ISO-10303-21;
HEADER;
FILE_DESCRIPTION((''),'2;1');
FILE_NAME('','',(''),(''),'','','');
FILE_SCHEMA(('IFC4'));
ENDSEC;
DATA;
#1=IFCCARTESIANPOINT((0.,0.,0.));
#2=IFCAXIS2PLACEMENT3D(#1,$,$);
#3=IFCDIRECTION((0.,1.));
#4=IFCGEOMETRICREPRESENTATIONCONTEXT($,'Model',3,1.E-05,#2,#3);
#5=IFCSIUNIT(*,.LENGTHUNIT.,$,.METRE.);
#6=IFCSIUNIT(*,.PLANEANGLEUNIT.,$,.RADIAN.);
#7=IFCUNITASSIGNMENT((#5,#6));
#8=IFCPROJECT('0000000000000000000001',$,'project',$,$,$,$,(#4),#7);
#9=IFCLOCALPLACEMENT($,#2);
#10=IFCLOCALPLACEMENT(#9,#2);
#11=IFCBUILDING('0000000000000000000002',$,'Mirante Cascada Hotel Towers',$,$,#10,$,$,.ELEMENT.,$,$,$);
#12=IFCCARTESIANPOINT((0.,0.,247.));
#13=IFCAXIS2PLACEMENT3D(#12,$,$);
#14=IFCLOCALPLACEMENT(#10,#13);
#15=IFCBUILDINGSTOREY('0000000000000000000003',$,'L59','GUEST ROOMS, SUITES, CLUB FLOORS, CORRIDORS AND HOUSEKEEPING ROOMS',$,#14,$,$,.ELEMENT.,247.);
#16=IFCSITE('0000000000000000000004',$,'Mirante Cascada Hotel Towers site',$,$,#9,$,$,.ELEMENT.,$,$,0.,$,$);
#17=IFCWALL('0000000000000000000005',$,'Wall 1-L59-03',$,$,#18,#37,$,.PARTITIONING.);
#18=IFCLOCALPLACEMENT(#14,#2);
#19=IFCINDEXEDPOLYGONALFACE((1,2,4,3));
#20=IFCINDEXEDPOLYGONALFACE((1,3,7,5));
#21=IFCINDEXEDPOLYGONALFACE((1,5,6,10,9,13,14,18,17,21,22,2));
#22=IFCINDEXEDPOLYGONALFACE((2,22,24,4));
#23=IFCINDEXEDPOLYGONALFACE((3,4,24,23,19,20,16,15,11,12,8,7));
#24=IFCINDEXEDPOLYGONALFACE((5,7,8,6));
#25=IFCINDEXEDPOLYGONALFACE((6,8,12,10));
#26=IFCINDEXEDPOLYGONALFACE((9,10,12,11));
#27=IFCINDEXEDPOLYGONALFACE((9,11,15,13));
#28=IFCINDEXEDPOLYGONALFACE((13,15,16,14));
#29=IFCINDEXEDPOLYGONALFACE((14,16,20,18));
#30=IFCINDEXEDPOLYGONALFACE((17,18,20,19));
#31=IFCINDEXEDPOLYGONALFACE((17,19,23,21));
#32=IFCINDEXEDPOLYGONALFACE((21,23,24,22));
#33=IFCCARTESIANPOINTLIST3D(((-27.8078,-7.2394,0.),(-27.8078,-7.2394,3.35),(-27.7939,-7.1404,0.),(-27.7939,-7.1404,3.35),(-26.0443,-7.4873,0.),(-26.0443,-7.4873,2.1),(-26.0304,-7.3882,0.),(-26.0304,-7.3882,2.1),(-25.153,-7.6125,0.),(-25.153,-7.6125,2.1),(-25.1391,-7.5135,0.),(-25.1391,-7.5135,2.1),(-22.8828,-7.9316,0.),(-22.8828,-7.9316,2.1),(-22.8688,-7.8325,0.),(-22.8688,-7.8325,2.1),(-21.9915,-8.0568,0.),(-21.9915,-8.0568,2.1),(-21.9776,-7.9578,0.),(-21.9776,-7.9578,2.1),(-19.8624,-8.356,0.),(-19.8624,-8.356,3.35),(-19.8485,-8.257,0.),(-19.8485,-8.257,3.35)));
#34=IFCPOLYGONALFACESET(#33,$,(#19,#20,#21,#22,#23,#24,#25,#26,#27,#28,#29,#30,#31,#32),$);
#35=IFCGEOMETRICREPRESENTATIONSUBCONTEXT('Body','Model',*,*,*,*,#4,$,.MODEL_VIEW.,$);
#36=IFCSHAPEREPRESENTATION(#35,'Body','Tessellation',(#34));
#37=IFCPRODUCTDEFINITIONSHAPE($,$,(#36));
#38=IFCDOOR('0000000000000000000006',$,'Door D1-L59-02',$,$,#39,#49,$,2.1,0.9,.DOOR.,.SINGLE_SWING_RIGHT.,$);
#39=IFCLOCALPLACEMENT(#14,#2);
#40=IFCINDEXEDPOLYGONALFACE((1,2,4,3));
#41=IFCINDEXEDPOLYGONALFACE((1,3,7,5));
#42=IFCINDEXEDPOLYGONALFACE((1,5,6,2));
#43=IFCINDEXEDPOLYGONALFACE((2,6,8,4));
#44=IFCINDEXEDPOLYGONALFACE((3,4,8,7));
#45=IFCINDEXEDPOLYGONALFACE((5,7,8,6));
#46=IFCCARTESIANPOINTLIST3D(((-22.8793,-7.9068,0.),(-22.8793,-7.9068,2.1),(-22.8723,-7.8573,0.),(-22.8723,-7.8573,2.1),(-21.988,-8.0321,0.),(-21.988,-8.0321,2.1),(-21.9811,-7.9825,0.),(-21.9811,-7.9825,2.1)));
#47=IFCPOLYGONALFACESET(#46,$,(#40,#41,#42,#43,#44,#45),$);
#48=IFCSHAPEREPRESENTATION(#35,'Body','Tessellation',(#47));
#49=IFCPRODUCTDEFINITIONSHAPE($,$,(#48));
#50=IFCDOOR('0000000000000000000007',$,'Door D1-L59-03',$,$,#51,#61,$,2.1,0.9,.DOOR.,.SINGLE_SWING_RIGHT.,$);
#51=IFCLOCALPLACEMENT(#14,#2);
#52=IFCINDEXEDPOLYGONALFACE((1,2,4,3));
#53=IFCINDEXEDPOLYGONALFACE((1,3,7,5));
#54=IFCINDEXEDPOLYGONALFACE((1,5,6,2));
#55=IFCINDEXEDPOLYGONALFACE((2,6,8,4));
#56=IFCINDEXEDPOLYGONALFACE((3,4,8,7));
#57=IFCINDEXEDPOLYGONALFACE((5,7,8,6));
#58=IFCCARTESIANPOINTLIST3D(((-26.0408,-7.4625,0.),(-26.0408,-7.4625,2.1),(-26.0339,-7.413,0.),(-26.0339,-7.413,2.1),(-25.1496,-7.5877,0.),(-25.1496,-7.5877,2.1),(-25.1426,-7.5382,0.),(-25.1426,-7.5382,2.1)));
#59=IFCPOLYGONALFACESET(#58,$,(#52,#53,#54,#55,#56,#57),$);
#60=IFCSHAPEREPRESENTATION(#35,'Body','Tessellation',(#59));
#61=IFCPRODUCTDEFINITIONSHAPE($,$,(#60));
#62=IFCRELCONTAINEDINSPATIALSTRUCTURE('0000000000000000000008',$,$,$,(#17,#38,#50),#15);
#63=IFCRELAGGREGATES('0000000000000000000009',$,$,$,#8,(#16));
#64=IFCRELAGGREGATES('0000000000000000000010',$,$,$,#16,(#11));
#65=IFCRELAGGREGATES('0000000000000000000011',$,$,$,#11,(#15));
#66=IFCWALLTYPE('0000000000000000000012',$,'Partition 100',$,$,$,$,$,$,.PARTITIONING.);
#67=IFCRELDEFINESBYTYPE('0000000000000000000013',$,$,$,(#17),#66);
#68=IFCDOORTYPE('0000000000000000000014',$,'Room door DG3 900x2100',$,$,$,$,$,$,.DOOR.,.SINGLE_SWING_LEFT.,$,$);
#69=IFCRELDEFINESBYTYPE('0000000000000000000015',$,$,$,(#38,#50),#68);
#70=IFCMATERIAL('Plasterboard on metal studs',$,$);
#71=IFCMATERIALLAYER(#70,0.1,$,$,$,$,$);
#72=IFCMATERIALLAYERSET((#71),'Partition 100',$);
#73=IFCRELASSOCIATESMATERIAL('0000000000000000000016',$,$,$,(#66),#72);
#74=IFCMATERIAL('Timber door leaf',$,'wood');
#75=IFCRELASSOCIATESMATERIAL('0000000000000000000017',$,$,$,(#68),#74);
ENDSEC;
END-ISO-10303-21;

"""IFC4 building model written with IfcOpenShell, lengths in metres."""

from ifc_helpers import new_model, si_unit, direction, frame, frame_2d, origin, place, context, subcontext, project, spatial, rectangle, extrude, material, layer, layer_set, type_object, element, fill, save


model = new_model("IFC4")

# Units and contexts
model_context = context("Model", 3, precision=1e-05, world=origin(), true_north=direction((0.0, 1.0)))
body_context = subcontext(model_context, "Body", "Model", "MODEL_VIEW")
ifc_project = project(units=[si_unit("LENGTHUNIT", "METRE"), si_unit("PLANEANGLEUNIT", "RADIAN")], contexts=[model_context])

# Site, building, storey
site_placement = place(None, origin())
site = spatial("IfcSite", under=ifc_project, at=site_placement, Name="Mirante Cascada Hotel Towers site", CompositionType="ELEMENT", RefElevation=0.0)
building_placement = place(site_placement, origin())
building = spatial("IfcBuilding", under=site, at=building_placement, Name="Mirante Cascada Hotel Towers", CompositionType="ELEMENT")
storey_placement = place(building_placement, frame((0.0, 0.0, 247.0)))
storey = spatial("IfcBuildingStorey", under=building, at=storey_placement, Name="L59", Description="GUEST ROOMS, SUITES, CLUB FLOORS, CORRIDORS AND HOUSEKEEPING ROOMS", CompositionType="ELEMENT", Elevation=247.0)

# Wall, openings, doors
ifc_material_1 = material(Name="Plasterboard on metal studs")
ifc_layer_1 = layer(ifc_material_1, 0.1)
ifc_layer_set_1 = layer_set([ifc_layer_1], Name="Partition 100")
wall_type_1 = type_object("IfcWallType", Name="Partition 100", PredefinedType="PARTITIONING", material=ifc_layer_set_1)
wall_1_placement = place(storey_placement, frame((-27.8009, -7.1899, 0.0), z_axis=(0.0, 0.0, 1.0), x_axis=(0.990269, -0.139167, 0.0)))
wall_1 = element("IfcWall", 1, at=wall_1_placement, inside=storey, type_object=wall_type_1, Name="Wall 1-L59-03", PredefinedType="PARTITIONING", context=body_context, shape_type="SweptSolid", body=[
    extrude(rectangle(XDim=8.0235, YDim=0.1, at=frame_2d((4.0118, 0.0))), origin(), (0.0, 0.0, 1.0), 3.35),
])
opening_1_placement = place(wall_1_placement, frame((4.9735, 0.0, 0.0)))
opening_1 = element("IfcOpeningElement", 2, at=opening_1_placement, cuts=wall_1, PredefinedType="OPENING", context=body_context, shape_type="SweptSolid", body=[
    extrude(rectangle(XDim=0.9, YDim=2.1, at=frame_2d((0.45, 1.05))), frame((0.0, 0.05, 0.0), z_axis=(0.0, -1.0, 0.0), x_axis=(1.0, 0.0, 0.0)), (0.0, 0.0, 1.0), 0.1),
])
opening_2_placement = place(wall_1_placement, frame((1.7809, 0.0, 0.0)))
opening_2 = element("IfcOpeningElement", 3, at=opening_2_placement, cuts=wall_1, PredefinedType="OPENING", context=body_context, shape_type="SweptSolid", body=[
    extrude(rectangle(XDim=0.9, YDim=2.1, at=frame_2d((0.45, 1.05))), frame((0.0, 0.05, 0.0), z_axis=(0.0, -1.0, 0.0), x_axis=(1.0, 0.0, 0.0)), (0.0, 0.0, 1.0), 0.1),
])
ifc_material_2 = material(Name="Timber door leaf", Category="wood")
door_type_1 = type_object("IfcDoorType", Name="Room door DG3 900x2100", OperationType="SINGLE_SWING_LEFT", PredefinedType="DOOR", material=ifc_material_2)
door_1_placement = place(opening_1_placement, frame((0.9, 0.0, 0.0), z_axis=(0.0, 0.0, 1.0), x_axis=(-1.0, 0.0, 0.0)))
door_1 = element("IfcDoor", 4, at=door_1_placement, inside=storey, type_object=door_type_1, Name="Door D1-L59-02", OperationType="SINGLE_SWING_RIGHT", OverallHeight=2.1, OverallWidth=0.9, PredefinedType="DOOR", context=body_context, shape_type="SweptSolid", body=[
    extrude(rectangle(XDim=0.9, YDim=2.1, at=frame_2d((0.45, 1.05))), frame((0.0, 0.025, 0.0), z_axis=(0.0, -1.0, 0.0), x_axis=(1.0, 0.0, 0.0)), (0.0, 0.0, 1.0), 0.05),
])
fill(opening_1, door_1)
door_2_placement = place(opening_2_placement, frame((0.9, 0.0, 0.0), z_axis=(0.0, 0.0, 1.0), x_axis=(-1.0, 0.0, 0.0)))
door_2 = element("IfcDoor", 5, at=door_2_placement, inside=storey, type_object=door_type_1, Name="Door D1-L59-03", OperationType="SINGLE_SWING_RIGHT", OverallHeight=2.1, OverallWidth=0.9, PredefinedType="DOOR", context=body_context, shape_type="SweptSolid", body=[
    extrude(rectangle(XDim=0.9, YDim=2.1, at=frame_2d((0.45, 1.05))), frame((0.0, 0.025, 0.0), z_axis=(0.0, -1.0, 0.0), x_axis=(1.0, 0.0, 0.0)), (0.0, 0.0, 1.0), 0.05),
])
fill(opening_2, door_2)

save(model, "model.ifc")
